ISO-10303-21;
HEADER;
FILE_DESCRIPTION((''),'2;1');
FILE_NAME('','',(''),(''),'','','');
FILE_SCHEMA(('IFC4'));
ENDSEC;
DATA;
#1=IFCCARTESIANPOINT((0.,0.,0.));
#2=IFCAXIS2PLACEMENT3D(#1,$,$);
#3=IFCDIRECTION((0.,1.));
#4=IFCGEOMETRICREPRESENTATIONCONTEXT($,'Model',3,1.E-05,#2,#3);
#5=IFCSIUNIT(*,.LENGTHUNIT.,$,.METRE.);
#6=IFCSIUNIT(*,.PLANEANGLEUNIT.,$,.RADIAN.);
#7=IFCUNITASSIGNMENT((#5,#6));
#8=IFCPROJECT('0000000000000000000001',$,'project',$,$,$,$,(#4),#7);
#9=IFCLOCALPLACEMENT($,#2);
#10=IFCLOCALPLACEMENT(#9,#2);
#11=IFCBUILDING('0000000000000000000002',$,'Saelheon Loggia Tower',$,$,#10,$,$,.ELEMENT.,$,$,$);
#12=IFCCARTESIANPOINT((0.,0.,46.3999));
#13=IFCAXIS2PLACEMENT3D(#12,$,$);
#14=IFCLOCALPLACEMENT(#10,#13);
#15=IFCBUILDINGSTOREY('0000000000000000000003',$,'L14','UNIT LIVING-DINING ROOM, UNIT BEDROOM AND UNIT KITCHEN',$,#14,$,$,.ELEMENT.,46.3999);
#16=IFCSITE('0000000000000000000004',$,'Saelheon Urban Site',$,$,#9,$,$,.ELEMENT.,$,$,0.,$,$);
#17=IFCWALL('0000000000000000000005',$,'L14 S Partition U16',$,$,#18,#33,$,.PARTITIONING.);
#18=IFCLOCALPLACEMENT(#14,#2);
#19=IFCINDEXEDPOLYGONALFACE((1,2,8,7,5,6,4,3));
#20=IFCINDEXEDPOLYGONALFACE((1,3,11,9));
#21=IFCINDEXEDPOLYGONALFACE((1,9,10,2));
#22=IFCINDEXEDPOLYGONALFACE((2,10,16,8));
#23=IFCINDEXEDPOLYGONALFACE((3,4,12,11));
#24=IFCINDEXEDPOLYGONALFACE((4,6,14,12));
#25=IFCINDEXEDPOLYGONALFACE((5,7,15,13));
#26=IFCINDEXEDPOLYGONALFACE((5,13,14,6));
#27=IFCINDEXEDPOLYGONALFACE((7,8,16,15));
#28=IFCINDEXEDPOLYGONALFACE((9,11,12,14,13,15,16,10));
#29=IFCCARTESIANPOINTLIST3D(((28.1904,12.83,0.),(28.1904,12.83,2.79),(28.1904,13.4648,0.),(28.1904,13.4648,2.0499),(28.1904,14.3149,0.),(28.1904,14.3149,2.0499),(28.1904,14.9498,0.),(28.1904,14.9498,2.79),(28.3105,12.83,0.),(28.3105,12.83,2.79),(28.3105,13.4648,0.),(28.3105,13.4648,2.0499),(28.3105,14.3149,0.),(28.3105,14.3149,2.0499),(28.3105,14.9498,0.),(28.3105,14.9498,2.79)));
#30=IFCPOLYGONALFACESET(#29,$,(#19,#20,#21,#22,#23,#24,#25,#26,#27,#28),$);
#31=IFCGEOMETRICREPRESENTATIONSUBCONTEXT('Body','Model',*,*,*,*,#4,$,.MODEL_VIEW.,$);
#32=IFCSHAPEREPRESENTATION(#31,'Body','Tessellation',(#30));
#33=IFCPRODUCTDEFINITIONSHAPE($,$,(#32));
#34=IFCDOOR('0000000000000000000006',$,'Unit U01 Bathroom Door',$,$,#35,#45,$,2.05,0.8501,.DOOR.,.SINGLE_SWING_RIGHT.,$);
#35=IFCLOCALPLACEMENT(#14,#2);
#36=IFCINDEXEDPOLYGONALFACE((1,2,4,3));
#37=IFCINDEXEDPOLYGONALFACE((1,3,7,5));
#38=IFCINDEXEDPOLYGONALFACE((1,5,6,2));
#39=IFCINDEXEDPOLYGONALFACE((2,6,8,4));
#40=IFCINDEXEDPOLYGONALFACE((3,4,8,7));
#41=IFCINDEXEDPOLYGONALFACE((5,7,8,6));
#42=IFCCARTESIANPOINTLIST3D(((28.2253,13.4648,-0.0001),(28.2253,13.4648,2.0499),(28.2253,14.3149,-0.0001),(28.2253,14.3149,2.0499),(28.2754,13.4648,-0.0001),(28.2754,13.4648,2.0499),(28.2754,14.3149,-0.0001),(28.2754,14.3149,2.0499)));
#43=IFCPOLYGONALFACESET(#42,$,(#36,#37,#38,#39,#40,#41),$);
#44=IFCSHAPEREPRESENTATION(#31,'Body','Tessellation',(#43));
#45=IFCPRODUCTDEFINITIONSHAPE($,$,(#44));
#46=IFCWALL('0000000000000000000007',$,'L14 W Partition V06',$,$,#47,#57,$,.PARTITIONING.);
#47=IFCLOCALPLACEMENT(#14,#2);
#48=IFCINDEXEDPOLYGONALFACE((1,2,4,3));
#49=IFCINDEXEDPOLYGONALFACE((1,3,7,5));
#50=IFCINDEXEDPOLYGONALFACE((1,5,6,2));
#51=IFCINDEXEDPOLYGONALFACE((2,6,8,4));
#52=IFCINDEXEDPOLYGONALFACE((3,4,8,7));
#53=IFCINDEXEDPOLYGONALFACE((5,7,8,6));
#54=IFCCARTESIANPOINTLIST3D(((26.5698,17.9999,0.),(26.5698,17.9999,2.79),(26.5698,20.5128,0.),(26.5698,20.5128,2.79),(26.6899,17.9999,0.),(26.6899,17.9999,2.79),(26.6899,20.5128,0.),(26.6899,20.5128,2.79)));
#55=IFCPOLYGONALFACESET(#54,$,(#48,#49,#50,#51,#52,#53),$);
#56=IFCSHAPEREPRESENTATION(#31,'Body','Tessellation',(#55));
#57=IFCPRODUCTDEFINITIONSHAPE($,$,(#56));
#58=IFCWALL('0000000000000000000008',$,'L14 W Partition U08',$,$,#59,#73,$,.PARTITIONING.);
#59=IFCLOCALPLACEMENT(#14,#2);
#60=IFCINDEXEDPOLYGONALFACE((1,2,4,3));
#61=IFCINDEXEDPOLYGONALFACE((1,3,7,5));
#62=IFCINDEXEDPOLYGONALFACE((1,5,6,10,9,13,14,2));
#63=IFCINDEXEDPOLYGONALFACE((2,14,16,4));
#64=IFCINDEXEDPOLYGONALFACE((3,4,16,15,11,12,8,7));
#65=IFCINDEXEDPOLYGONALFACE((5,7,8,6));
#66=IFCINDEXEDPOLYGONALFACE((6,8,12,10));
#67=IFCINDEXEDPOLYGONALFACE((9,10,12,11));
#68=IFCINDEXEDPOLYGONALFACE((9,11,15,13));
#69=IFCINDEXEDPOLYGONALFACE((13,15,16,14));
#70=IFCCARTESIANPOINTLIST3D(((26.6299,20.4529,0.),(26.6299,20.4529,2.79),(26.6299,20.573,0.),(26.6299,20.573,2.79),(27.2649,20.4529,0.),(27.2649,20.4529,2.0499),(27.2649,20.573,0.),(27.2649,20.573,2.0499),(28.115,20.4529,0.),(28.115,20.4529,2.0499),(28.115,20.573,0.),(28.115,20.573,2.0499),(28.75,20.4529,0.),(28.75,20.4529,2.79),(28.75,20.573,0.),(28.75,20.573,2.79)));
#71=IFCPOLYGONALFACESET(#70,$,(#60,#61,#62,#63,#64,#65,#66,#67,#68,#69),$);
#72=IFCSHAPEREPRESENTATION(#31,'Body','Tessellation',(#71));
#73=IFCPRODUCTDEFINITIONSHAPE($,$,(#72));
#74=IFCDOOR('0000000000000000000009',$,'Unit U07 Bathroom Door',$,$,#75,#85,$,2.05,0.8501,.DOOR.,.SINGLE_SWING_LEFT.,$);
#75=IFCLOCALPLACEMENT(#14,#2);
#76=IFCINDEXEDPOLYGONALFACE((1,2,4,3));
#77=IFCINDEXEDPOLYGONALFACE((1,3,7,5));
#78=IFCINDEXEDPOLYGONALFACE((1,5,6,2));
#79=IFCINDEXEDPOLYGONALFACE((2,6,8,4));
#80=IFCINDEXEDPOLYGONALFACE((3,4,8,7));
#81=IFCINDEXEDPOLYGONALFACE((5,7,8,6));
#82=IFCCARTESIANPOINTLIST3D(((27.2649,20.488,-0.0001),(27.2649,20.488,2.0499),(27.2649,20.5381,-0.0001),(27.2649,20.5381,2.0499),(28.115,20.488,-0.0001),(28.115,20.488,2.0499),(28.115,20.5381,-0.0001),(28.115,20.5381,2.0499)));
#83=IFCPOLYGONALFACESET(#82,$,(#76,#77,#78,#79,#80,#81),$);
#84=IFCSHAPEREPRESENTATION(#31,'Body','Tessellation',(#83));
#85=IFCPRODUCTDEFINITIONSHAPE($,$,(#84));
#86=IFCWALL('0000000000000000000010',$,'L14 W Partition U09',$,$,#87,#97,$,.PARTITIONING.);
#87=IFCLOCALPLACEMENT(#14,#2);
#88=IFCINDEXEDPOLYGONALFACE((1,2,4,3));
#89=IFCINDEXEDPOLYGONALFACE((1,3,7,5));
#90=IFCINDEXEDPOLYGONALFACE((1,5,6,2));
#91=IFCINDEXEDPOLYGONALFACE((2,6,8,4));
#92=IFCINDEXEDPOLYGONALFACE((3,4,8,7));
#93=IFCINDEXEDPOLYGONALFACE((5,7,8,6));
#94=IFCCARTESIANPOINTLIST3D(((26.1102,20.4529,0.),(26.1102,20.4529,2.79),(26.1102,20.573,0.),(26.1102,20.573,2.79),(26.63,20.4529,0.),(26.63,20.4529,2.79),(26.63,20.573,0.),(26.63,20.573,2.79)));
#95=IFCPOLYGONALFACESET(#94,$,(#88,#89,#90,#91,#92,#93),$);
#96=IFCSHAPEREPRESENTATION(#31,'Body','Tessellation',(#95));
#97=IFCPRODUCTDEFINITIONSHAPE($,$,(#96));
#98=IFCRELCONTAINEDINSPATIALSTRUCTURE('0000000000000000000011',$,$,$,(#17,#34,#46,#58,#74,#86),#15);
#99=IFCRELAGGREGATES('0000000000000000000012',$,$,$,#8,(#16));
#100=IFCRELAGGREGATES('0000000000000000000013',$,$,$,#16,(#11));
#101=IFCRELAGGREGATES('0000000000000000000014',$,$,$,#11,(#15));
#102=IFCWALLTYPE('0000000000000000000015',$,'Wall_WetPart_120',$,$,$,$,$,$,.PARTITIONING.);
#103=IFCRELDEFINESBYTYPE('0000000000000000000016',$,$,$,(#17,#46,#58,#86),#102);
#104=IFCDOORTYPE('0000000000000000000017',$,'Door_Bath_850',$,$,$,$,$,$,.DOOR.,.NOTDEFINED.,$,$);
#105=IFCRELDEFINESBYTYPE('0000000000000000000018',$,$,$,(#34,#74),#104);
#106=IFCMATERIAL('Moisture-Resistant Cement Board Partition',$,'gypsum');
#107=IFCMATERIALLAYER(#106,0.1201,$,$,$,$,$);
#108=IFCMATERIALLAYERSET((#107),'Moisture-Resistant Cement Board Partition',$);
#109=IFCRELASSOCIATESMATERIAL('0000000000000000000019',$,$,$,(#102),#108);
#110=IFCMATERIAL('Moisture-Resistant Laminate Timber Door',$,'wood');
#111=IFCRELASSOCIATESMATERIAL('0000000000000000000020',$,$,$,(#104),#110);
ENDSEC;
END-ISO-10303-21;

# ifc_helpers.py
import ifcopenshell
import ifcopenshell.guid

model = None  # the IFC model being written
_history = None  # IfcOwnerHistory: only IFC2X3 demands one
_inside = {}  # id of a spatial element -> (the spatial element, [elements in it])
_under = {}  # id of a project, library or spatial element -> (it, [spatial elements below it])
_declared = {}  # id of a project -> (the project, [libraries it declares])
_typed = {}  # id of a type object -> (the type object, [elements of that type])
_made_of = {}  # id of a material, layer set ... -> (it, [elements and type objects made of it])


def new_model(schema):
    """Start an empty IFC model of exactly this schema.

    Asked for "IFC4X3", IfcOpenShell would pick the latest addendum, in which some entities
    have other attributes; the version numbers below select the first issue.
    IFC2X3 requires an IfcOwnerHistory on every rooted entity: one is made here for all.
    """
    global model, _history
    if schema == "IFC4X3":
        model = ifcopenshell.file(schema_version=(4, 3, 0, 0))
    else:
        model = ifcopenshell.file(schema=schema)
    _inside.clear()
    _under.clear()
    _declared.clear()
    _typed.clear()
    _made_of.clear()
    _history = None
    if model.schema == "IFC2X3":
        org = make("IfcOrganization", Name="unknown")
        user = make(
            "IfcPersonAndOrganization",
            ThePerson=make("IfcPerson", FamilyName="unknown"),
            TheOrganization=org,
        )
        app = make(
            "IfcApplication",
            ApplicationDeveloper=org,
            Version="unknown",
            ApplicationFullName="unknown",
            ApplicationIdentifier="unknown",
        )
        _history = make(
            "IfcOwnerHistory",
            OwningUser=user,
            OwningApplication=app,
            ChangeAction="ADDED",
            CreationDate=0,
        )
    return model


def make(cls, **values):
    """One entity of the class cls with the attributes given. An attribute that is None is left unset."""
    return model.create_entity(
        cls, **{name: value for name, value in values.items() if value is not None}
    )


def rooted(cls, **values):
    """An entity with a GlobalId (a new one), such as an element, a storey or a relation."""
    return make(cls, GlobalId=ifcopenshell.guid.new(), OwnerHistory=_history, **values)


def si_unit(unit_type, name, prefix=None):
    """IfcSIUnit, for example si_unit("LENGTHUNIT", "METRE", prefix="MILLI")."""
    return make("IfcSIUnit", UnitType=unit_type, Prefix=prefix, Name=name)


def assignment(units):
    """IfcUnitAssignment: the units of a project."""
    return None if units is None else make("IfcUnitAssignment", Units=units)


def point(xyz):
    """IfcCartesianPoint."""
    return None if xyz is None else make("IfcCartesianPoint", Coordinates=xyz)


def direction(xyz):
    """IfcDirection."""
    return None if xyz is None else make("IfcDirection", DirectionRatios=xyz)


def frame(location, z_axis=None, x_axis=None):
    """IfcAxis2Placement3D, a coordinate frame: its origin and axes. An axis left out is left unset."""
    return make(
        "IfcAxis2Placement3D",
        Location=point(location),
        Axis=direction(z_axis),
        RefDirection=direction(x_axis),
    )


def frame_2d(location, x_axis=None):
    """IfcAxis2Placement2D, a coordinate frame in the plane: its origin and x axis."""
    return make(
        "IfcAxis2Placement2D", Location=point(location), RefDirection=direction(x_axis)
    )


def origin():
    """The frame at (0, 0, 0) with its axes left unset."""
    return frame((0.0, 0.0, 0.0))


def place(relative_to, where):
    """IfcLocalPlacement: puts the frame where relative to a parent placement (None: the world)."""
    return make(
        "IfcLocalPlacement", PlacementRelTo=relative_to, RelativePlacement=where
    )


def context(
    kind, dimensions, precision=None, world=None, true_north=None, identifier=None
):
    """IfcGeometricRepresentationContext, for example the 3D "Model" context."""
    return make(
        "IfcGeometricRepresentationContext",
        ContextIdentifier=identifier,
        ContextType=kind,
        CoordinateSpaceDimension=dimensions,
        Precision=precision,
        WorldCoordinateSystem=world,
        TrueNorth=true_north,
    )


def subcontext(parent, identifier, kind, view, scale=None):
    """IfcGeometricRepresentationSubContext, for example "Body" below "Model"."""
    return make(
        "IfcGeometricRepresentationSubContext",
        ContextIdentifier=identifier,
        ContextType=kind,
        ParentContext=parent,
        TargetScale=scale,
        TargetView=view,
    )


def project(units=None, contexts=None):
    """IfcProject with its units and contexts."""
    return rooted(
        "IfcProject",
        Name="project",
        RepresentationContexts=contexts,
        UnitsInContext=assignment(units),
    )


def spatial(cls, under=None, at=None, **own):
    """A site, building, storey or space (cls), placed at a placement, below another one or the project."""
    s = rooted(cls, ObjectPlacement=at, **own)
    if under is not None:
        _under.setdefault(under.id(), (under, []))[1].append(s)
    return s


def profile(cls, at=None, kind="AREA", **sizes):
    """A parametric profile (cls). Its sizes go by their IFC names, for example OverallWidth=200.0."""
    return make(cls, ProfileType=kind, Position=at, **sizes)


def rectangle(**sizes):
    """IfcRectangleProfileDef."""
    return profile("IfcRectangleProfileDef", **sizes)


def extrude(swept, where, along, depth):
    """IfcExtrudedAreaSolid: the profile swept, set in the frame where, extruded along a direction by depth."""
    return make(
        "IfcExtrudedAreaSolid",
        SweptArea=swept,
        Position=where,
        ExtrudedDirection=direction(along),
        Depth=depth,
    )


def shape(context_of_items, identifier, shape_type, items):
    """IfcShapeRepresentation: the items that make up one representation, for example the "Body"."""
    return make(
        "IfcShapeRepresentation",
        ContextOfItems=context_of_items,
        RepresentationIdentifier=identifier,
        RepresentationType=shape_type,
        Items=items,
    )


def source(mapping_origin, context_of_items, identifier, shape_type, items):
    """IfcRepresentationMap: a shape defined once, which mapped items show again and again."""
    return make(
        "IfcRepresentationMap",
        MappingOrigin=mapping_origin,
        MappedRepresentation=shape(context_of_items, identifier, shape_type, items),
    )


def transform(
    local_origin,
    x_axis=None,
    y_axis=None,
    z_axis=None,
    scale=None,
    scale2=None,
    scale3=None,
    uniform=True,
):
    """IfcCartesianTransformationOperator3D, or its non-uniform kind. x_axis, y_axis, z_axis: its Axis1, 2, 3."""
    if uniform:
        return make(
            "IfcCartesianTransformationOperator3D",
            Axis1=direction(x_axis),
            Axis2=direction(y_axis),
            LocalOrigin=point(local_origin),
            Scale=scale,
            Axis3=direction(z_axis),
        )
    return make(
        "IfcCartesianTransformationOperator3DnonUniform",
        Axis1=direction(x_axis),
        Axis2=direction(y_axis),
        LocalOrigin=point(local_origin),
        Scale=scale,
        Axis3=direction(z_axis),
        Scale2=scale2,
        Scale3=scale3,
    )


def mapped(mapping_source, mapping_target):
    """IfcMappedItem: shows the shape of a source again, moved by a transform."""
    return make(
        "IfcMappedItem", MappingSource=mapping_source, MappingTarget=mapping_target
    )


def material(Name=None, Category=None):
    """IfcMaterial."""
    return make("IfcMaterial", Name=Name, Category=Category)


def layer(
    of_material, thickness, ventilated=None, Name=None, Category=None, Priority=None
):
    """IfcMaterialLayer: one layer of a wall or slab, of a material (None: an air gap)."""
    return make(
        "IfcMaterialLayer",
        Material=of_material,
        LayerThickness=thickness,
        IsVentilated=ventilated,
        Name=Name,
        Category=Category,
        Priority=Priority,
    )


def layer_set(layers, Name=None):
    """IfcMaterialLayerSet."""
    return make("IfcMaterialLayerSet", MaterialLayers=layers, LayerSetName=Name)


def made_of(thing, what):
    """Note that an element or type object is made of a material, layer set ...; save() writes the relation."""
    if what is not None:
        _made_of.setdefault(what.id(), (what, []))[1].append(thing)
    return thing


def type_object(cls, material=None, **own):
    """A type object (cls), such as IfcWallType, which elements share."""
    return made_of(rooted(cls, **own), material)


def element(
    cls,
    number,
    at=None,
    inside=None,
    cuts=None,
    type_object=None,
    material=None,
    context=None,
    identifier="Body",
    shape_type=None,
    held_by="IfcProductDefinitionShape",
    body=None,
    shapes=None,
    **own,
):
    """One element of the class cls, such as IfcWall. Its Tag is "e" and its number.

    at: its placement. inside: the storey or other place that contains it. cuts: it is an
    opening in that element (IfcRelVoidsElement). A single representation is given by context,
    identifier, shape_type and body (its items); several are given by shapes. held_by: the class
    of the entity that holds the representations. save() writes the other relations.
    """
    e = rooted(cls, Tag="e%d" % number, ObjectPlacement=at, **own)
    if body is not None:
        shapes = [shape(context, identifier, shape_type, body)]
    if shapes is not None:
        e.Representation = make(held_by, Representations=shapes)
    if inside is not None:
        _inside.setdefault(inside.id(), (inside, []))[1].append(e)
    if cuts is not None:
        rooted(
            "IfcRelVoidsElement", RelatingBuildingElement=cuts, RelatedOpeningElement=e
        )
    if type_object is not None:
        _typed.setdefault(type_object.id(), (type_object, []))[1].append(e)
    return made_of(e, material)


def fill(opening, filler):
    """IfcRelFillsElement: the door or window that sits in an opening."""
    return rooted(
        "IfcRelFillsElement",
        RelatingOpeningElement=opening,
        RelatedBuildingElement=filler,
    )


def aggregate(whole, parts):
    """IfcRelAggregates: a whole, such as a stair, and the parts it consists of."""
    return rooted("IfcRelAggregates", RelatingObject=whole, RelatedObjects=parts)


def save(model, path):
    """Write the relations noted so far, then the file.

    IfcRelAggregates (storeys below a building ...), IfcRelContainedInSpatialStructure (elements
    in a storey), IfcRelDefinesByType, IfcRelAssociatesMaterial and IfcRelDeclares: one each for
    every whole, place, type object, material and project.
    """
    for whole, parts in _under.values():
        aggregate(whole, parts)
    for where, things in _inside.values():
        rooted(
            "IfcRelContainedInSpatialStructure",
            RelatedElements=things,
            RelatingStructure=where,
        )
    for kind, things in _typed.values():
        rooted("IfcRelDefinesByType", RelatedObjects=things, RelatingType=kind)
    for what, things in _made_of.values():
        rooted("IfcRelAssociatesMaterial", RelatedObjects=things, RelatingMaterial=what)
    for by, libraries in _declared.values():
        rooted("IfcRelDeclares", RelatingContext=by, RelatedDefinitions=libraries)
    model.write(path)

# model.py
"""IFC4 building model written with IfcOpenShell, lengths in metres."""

from ifc_helpers import new_model, si_unit, direction, frame, frame_2d, origin, place, context, subcontext, project, spatial, rectangle, extrude, source, transform, mapped, material, layer, layer_set, type_object, element, fill, save


model = new_model("IFC4")

# Units and contexts
model_context = context("Model", 3, precision=1e-05, world=origin(), true_north=direction((0.0, 1.0)))
body_context = subcontext(model_context, "Body", "Model", "MODEL_VIEW")
ifc_project = project(units=[si_unit("LENGTHUNIT", "METRE"), si_unit("PLANEANGLEUNIT", "RADIAN")], contexts=[model_context])

# Site, building, storey
site_placement = place(None, origin())
site = spatial("IfcSite", under=ifc_project, at=site_placement, Name="Saelheon Urban Site", CompositionType="ELEMENT", RefElevation=0.0)
building_placement = place(site_placement, origin())
building = spatial("IfcBuilding", under=site, at=building_placement, Name="Saelheon Loggia Tower", CompositionType="ELEMENT")
storey_placement = place(building_placement, frame((0.0, 0.0, 46.3999)))
storey = spatial("IfcBuildingStorey", under=building, at=storey_placement, Name="L14", Description="UNIT LIVING-DINING ROOM, UNIT BEDROOM AND UNIT KITCHEN", CompositionType="ELEMENT", Elevation=46.3999)

# Wall, opening, door
ifc_material_1 = material(Name="Moisture-Resistant Cement Board Partition", Category="gypsum")
ifc_layer_1 = layer(ifc_material_1, 0.1201)
ifc_layer_set_1 = layer_set([ifc_layer_1], Name="Moisture-Resistant Cement Board Partition")
wall_type_1 = type_object("IfcWallType", Name="Wall_WetPart_120", PredefinedType="PARTITIONING", material=ifc_layer_set_1)
wall_1_placement = place(storey_placement, frame((28.2505, 14.95, 0.0), z_axis=(0.0, 0.0, 1.0), x_axis=(0.0, -1.0, 0.0)))
wall_1 = element("IfcWall", 1, at=wall_1_placement, inside=storey, type_object=wall_type_1, Name="L14 S Partition U16", PredefinedType="PARTITIONING", context=body_context, shape_type="SweptSolid", body=[
    extrude(rectangle(XDim=2.1199, YDim=0.1201, at=frame_2d((1.0601, 0.0))), origin(), (0.0, 0.0, 1.0), 2.79),
])
opening_1_placement = place(wall_1_placement, frame((0.635, 0.0, 0.0)))
opening_1 = element("IfcOpeningElement", 2, at=opening_1_placement, cuts=wall_1, PredefinedType="OPENING", context=body_context, shape_type="SweptSolid", body=[
    extrude(rectangle(XDim=0.8501, YDim=2.05, at=frame_2d((0.425, 1.0249))), frame((0.0, 0.072, 0.0), z_axis=(0.0, -1.0, 0.0), x_axis=(1.0, 0.0, 0.0)), (0.0, 0.0, 1.0), 0.144),
])
ifc_material_2 = material(Name="Moisture-Resistant Laminate Timber Door", Category="wood")
door_type_1 = type_object("IfcDoorType", Name="Door_Bath_850", OperationType="NOTDEFINED", PredefinedType="DOOR", material=ifc_material_2)
shared_shape_1 = source(origin(), body_context, "Body", "SweptSolid", [
    extrude(rectangle(XDim=0.8501, YDim=2.05, at=frame_2d((0.425, 1.0249))), frame((0.0, 0.0249, 0.0), z_axis=(0.0, -1.0, 0.0), x_axis=(1.0, 0.0, 0.0)), (0.0, 0.0, 1.0), 0.05),
])
door_1_placement = place(opening_1_placement, origin())
door_1 = element("IfcDoor", 3, at=door_1_placement, inside=storey, type_object=door_type_1, Name="Unit U01 Bathroom Door", OperationType="SINGLE_SWING_RIGHT", OverallHeight=2.05, OverallWidth=0.8501, PredefinedType="DOOR", context=body_context, shape_type="MappedRepresentation", body=[
    mapped(shared_shape_1, transform((0.0, 0.0, 0.0), scale=1.0)),
])
fill(opening_1, door_1)

# Wall
wall_2_placement = place(storey_placement, frame((26.6299, 18.0, 0.0), z_axis=(0.0, 0.0, 1.0), x_axis=(0.0, 1.0, 0.0)))
element("IfcWall", 4, at=wall_2_placement, inside=storey, type_object=wall_type_1, Name="L14 W Partition V06", PredefinedType="PARTITIONING", context=body_context, shape_type="SweptSolid", body=[
    extrude(rectangle(XDim=2.5129, YDim=0.1201, at=frame_2d((1.2563, 0.0))), origin(), (0.0, 0.0, 1.0), 2.79),
])

# Wall, opening, door
wall_3_placement = place(storey_placement, frame((28.75, 20.5129, 0.0), z_axis=(0.0, 0.0, 1.0), x_axis=(-1.0, 0.0, 0.0)))
wall_3 = element("IfcWall", 5, at=wall_3_placement, inside=storey, type_object=wall_type_1, Name="L14 W Partition U08", PredefinedType="PARTITIONING", context=body_context, shape_type="SweptSolid", body=[
    extrude(rectangle(XDim=2.1201, YDim=0.1201, at=frame_2d((1.0601, 0.0))), origin(), (0.0, 0.0, 1.0), 2.79),
])
opening_2_placement = place(wall_3_placement, frame((0.635, 0.0, 0.0)))
opening_2 = element("IfcOpeningElement", 6, at=opening_2_placement, cuts=wall_3, PredefinedType="OPENING", context=body_context, shape_type="SweptSolid", body=[
    extrude(rectangle(XDim=0.8501, YDim=2.05, at=frame_2d((0.425, 1.0249))), frame((0.0, 0.072, 0.0), z_axis=(0.0, -1.0, 0.0), x_axis=(1.0, 0.0, 0.0)), (0.0, 0.0, 1.0), 0.144),
])
door_2_placement = place(opening_2_placement, origin())
door_2 = element("IfcDoor", 7, at=door_2_placement, inside=storey, type_object=door_type_1, Name="Unit U07 Bathroom Door", OperationType="SINGLE_SWING_LEFT", OverallHeight=2.05, OverallWidth=0.8501, PredefinedType="DOOR", context=body_context, shape_type="MappedRepresentation", body=[
    mapped(shared_shape_1, transform((0.0, 0.0, 0.0), scale=1.0)),
])
fill(opening_2, door_2)

# Wall
wall_4_placement = place(storey_placement, frame((26.6299, 20.5129, 0.0), z_axis=(0.0, 0.0, 1.0), x_axis=(-1.0, 0.0, 0.0)))
element("IfcWall", 8, at=wall_4_placement, inside=storey, type_object=wall_type_1, Name="L14 W Partition U09", PredefinedType="PARTITIONING", context=body_context, shape_type="SweptSolid", body=[
    extrude(rectangle(XDim=0.5198, YDim=0.1201, at=frame_2d((0.2598, 0.0))), origin(), (0.0, 0.0, 1.0), 2.79),
])

save(model, "model.ifc")
